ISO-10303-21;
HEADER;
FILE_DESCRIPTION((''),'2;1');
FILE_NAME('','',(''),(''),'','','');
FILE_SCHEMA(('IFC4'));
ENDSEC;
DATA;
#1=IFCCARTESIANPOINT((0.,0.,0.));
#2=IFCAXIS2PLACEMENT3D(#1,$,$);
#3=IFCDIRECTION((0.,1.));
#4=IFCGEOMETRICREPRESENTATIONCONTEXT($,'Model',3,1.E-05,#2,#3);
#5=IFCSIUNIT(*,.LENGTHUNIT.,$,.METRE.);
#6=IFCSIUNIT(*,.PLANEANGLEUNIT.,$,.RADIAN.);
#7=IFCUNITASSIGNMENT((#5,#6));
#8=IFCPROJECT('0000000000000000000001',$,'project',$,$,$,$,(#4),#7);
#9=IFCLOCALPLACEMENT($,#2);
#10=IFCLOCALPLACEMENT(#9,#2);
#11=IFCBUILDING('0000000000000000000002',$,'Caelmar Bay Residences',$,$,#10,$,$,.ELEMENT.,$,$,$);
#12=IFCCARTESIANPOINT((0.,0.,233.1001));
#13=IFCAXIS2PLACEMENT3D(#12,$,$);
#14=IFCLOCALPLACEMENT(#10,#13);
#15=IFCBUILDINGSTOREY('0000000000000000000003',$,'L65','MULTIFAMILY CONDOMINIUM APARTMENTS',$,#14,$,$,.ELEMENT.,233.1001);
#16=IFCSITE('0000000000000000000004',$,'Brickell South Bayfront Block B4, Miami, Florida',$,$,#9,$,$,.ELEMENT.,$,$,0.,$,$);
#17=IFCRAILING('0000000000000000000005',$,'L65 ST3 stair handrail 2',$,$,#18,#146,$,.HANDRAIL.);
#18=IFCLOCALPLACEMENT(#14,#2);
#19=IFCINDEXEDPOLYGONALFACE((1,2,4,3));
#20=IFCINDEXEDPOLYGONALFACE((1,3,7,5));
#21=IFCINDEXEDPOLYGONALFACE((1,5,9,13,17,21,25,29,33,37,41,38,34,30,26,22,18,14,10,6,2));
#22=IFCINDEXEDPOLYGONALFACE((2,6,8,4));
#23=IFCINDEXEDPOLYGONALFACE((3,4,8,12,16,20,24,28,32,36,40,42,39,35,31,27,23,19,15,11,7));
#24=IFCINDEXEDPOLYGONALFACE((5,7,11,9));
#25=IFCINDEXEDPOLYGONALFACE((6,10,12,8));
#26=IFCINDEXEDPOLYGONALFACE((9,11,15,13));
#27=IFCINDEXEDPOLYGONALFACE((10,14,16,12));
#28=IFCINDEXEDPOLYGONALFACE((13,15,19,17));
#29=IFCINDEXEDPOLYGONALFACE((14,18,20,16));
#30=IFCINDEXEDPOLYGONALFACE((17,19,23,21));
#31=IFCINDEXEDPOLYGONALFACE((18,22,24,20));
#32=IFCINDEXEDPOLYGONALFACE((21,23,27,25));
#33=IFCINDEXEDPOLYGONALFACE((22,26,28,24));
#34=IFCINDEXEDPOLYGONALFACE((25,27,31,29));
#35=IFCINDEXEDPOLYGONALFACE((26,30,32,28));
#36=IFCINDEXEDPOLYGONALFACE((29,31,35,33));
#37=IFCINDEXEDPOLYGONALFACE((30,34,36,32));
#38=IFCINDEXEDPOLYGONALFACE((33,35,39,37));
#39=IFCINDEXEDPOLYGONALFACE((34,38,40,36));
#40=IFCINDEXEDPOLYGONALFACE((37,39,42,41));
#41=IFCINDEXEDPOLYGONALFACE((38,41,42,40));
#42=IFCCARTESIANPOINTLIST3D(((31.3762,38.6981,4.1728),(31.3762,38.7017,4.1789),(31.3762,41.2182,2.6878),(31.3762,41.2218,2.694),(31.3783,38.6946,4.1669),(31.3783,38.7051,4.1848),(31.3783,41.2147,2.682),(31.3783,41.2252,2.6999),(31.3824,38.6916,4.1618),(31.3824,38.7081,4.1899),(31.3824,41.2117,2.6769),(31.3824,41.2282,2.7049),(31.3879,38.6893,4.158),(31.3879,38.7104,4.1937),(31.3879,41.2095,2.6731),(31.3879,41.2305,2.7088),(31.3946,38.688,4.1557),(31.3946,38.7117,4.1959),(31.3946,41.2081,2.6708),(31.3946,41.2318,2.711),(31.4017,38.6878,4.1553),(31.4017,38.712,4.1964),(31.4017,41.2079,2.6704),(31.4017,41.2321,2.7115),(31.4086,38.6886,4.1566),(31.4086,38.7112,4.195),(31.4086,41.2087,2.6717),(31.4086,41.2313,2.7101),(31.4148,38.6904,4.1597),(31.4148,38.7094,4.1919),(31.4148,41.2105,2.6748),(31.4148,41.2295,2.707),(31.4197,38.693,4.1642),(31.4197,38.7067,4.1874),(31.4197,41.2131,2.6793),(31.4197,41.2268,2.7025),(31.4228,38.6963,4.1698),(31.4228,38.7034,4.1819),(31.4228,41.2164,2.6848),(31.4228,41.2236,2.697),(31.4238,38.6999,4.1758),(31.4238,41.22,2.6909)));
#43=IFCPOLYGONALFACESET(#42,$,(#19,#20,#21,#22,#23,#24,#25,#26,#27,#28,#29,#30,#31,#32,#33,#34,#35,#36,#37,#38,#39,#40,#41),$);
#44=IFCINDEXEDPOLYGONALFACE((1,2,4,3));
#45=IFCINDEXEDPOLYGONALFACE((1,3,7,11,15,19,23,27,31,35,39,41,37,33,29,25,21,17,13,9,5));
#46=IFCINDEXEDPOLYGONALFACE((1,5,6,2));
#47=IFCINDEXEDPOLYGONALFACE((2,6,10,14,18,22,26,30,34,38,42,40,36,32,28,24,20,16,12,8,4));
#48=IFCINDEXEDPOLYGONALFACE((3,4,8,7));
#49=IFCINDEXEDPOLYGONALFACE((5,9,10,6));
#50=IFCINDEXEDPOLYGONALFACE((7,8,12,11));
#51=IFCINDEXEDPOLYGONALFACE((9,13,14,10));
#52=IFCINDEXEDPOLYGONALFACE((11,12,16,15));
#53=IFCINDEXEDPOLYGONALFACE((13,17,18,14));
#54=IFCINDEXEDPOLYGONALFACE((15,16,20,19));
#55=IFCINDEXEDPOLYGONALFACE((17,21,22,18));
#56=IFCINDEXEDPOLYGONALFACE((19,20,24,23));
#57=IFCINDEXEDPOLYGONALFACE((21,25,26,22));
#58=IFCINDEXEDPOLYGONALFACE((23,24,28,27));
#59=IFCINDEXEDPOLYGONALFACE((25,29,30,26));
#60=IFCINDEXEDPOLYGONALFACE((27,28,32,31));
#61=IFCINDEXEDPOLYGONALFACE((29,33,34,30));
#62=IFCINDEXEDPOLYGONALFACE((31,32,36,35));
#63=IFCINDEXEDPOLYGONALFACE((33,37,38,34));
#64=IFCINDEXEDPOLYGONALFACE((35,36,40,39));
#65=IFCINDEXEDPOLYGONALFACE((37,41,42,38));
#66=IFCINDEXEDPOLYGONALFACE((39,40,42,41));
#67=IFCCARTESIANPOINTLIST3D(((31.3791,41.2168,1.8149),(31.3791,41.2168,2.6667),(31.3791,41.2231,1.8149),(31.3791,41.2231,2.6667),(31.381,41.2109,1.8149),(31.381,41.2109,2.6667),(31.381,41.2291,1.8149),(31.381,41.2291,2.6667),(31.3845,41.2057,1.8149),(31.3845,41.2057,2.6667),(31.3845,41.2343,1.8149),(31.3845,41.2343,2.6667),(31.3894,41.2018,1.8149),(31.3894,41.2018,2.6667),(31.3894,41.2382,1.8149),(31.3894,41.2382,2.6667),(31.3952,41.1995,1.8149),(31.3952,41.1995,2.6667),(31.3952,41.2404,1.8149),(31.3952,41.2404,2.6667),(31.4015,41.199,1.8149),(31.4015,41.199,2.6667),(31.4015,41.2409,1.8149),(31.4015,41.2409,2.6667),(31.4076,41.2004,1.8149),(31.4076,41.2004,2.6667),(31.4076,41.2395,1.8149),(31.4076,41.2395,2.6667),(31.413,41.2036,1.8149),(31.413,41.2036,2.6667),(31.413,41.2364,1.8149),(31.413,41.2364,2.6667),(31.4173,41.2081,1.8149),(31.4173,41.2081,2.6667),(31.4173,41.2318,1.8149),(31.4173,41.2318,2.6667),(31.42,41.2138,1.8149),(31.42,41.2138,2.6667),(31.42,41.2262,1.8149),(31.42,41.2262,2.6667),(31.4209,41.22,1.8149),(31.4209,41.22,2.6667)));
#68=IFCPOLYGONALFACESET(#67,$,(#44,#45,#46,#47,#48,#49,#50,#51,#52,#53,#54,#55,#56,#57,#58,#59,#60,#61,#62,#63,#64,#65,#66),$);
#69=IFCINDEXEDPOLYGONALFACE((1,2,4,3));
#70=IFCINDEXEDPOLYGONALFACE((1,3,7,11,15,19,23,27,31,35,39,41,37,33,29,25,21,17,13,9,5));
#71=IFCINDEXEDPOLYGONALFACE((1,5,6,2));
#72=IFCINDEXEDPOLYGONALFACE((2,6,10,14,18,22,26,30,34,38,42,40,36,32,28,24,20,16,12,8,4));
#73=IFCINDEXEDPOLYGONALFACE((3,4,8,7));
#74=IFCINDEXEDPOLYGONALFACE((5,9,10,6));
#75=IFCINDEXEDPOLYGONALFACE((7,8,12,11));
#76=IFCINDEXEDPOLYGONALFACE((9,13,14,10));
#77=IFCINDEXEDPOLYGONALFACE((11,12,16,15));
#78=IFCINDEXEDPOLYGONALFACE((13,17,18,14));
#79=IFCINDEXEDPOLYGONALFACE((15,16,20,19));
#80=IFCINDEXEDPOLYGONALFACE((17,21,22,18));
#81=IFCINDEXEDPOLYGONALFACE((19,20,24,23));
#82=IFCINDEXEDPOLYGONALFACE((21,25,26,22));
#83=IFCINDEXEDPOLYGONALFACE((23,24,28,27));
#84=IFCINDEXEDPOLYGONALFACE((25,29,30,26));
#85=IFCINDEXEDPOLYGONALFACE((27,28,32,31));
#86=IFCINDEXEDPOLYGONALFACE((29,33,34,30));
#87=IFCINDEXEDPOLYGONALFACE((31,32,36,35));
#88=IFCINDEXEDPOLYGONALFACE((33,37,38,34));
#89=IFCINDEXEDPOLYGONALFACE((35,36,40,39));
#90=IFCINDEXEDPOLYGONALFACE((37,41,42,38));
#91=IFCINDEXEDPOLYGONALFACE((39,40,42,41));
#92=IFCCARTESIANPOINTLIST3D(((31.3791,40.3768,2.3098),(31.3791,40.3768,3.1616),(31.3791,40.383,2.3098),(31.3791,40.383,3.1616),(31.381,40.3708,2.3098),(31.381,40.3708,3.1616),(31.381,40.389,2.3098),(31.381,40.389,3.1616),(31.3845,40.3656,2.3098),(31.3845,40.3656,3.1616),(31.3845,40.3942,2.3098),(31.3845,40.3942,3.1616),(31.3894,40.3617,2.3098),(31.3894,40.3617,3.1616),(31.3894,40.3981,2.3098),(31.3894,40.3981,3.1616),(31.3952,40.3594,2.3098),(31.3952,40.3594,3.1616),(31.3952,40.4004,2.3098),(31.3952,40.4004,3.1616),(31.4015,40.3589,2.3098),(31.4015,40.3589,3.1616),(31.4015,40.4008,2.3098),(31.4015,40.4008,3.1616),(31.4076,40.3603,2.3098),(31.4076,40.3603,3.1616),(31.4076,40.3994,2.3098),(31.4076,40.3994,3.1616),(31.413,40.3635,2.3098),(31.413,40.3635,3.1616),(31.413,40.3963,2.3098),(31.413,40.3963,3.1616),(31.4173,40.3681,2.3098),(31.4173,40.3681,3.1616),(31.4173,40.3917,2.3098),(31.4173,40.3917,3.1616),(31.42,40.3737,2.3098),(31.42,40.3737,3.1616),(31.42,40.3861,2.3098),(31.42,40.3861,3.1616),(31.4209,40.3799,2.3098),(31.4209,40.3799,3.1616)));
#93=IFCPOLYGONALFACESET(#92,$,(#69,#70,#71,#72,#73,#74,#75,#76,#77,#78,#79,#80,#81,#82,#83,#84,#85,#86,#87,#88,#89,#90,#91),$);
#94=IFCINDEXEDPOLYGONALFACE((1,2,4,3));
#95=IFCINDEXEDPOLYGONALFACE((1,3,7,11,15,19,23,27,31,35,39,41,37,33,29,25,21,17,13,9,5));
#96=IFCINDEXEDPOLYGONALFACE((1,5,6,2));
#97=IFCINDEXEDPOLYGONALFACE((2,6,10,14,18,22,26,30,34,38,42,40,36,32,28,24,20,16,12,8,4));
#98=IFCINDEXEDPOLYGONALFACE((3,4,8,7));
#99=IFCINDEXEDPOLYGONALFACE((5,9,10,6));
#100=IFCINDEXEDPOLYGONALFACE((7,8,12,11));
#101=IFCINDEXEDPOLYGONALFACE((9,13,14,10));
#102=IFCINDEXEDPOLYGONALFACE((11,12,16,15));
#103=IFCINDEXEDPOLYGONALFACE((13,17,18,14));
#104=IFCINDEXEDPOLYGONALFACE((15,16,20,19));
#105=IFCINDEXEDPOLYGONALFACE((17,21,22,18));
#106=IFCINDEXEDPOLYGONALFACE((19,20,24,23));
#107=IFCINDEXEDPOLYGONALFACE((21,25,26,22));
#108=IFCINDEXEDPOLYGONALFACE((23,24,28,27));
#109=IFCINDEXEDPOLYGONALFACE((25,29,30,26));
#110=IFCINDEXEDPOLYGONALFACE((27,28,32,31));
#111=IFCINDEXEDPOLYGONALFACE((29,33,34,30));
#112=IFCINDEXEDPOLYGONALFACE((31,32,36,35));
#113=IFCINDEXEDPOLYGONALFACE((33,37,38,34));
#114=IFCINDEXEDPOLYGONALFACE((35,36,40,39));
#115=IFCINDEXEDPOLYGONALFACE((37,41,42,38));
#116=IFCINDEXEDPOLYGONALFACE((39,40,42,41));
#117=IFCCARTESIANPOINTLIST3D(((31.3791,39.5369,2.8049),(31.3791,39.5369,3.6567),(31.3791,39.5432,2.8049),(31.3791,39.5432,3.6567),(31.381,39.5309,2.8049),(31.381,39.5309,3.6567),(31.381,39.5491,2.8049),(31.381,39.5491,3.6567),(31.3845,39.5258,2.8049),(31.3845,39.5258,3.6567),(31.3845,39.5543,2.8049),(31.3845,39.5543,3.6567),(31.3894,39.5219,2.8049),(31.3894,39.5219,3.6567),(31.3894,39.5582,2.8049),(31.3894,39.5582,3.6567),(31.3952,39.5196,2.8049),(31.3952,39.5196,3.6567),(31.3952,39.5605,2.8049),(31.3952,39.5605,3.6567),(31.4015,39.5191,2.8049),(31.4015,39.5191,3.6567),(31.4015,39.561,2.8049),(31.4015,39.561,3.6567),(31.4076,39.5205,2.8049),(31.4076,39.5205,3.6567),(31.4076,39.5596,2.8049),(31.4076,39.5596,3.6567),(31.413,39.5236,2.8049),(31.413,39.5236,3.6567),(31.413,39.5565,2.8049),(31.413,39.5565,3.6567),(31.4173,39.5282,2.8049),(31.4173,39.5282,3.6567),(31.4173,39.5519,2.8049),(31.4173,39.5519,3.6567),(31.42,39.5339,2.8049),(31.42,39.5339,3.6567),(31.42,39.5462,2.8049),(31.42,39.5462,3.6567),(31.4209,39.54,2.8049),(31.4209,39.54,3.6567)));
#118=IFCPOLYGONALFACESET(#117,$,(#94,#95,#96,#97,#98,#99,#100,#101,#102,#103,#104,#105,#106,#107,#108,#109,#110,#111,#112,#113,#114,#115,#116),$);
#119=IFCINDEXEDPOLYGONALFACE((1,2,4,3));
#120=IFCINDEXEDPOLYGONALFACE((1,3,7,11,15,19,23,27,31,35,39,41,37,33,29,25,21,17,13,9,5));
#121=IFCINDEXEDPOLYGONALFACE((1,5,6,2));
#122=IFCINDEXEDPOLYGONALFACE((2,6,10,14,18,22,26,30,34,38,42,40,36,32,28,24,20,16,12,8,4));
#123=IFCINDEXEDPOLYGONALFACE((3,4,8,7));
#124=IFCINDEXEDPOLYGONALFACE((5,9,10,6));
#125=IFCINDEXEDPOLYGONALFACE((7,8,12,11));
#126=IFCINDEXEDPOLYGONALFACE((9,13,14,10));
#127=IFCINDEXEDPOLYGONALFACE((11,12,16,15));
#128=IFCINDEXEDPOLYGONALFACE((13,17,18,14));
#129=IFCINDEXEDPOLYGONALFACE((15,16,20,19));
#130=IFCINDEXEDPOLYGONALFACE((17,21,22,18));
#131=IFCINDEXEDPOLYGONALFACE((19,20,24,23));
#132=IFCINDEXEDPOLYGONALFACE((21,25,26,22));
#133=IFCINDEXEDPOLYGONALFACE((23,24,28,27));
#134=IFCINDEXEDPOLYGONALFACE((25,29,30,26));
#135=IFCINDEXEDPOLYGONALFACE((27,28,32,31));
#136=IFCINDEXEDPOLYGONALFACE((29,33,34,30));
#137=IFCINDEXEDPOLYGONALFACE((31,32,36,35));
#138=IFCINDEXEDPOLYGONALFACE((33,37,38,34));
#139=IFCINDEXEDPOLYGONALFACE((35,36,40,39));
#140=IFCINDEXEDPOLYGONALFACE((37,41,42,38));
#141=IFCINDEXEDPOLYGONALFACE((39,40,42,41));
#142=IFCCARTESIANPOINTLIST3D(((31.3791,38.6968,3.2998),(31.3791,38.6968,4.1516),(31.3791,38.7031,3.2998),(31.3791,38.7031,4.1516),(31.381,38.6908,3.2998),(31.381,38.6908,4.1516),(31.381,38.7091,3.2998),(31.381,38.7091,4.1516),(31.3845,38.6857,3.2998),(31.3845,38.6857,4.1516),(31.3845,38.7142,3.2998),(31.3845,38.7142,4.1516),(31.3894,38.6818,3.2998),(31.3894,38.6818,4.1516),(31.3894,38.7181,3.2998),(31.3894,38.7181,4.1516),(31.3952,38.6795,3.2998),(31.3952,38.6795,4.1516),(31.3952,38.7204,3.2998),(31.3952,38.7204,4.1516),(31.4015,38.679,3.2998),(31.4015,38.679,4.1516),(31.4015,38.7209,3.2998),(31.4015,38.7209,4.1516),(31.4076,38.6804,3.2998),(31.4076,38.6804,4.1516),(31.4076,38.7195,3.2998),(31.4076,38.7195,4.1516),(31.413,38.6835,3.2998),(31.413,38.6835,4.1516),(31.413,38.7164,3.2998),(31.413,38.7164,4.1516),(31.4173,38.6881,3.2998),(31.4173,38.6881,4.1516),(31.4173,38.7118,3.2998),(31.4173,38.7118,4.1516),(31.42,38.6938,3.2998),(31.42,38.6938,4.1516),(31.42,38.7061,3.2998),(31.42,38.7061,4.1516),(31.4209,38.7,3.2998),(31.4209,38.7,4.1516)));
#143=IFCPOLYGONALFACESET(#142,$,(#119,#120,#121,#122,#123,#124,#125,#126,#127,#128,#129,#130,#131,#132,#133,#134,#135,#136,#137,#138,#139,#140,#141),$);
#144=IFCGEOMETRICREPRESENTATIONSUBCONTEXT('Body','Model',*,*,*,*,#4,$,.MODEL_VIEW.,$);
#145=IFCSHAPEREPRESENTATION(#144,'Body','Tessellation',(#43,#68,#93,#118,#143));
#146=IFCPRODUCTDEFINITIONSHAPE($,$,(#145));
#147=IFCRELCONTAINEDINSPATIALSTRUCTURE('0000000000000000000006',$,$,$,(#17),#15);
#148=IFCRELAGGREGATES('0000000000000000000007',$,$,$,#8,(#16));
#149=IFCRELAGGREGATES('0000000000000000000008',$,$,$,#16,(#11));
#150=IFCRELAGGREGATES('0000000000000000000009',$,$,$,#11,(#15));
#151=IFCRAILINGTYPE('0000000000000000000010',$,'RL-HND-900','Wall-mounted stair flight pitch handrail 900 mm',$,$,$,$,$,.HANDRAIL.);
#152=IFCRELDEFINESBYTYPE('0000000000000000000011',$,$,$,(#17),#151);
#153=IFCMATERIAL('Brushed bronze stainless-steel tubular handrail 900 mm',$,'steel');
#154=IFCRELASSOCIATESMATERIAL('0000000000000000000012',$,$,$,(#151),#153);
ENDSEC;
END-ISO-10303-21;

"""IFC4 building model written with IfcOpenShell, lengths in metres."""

from ifc_helpers import new_model, si_unit, direction, frame, origin, origin_2d, place, context, subcontext, project, spatial, circle, extrude, material, type_object, element, save


model = new_model("IFC4")

# Units and contexts
model_context = context("Model", 3, precision=1e-05, world=origin(), true_north=direction((0.0, 1.0)))
body_context = subcontext(model_context, "Body", "Model", "MODEL_VIEW")
ifc_project = project(units=[si_unit("LENGTHUNIT", "METRE"), si_unit("PLANEANGLEUNIT", "RADIAN")], contexts=[model_context])

# Site, building, storey
site_placement = place(None, origin())
site = spatial("IfcSite", under=ifc_project, at=site_placement, Name="Brickell South Bayfront Block B4, Miami, Florida", CompositionType="ELEMENT", RefElevation=0.0)
building_placement = place(site_placement, origin())
building = spatial("IfcBuilding", under=site, at=building_placement, Name="Caelmar Bay Residences", CompositionType="ELEMENT")
storey_placement = place(building_placement, frame((0.0, 0.0, 233.1001)))
storey = spatial("IfcBuildingStorey", under=building, at=storey_placement, Name="L65", Description="MULTIFAMILY CONDOMINIUM APARTMENTS", CompositionType="ELEMENT", Elevation=233.1001)

# Railing
ifc_material_1 = material(Name="Brushed bronze stainless-steel tubular handrail 900 mm", Category="steel")
railing_type_1 = type_object("IfcRailingType", Name="RL-HND-900", Description="Wall-mounted stair flight pitch handrail 900 mm", PredefinedType="HANDRAIL", material=ifc_material_1)
railing_1_placement = place(storey_placement, frame((31.3999, 41.22, 1.8149)))
element("IfcRailing", 1, at=railing_1_placement, inside=storey, type_object=railing_type_1, Name="L65 ST3 stair handrail 2", PredefinedType="HANDRAIL", context=body_context, shape_type="SweptSolid", body=[
    extrude(circle(Radius=0.0239, at=origin_2d()), frame((0.0, 0.0, 0.876), z_axis=(0.0, -0.861561, 0.507655), x_axis=(1.0, 0.0, 0.0)), (0.0, 0.0, 1.0), 2.925),
    extrude(circle(Radius=0.021, at=origin_2d()), origin(), (0.0, 0.0, 1.0), 0.8518),
    extrude(circle(Radius=0.021, at=origin_2d()), frame((0.0, -0.8401, 0.4949)), (0.0, 0.0, 1.0), 0.8518),
    extrude(circle(Radius=0.021, at=origin_2d()), frame((0.0, -1.6799, 0.99)), (0.0, 0.0, 1.0), 0.8518),
    extrude(circle(Radius=0.021, at=origin_2d()), frame((0.0, -2.52, 1.4849)), (0.0, 0.0, 1.0), 0.8518),
])

save(model, "model.ifc")
